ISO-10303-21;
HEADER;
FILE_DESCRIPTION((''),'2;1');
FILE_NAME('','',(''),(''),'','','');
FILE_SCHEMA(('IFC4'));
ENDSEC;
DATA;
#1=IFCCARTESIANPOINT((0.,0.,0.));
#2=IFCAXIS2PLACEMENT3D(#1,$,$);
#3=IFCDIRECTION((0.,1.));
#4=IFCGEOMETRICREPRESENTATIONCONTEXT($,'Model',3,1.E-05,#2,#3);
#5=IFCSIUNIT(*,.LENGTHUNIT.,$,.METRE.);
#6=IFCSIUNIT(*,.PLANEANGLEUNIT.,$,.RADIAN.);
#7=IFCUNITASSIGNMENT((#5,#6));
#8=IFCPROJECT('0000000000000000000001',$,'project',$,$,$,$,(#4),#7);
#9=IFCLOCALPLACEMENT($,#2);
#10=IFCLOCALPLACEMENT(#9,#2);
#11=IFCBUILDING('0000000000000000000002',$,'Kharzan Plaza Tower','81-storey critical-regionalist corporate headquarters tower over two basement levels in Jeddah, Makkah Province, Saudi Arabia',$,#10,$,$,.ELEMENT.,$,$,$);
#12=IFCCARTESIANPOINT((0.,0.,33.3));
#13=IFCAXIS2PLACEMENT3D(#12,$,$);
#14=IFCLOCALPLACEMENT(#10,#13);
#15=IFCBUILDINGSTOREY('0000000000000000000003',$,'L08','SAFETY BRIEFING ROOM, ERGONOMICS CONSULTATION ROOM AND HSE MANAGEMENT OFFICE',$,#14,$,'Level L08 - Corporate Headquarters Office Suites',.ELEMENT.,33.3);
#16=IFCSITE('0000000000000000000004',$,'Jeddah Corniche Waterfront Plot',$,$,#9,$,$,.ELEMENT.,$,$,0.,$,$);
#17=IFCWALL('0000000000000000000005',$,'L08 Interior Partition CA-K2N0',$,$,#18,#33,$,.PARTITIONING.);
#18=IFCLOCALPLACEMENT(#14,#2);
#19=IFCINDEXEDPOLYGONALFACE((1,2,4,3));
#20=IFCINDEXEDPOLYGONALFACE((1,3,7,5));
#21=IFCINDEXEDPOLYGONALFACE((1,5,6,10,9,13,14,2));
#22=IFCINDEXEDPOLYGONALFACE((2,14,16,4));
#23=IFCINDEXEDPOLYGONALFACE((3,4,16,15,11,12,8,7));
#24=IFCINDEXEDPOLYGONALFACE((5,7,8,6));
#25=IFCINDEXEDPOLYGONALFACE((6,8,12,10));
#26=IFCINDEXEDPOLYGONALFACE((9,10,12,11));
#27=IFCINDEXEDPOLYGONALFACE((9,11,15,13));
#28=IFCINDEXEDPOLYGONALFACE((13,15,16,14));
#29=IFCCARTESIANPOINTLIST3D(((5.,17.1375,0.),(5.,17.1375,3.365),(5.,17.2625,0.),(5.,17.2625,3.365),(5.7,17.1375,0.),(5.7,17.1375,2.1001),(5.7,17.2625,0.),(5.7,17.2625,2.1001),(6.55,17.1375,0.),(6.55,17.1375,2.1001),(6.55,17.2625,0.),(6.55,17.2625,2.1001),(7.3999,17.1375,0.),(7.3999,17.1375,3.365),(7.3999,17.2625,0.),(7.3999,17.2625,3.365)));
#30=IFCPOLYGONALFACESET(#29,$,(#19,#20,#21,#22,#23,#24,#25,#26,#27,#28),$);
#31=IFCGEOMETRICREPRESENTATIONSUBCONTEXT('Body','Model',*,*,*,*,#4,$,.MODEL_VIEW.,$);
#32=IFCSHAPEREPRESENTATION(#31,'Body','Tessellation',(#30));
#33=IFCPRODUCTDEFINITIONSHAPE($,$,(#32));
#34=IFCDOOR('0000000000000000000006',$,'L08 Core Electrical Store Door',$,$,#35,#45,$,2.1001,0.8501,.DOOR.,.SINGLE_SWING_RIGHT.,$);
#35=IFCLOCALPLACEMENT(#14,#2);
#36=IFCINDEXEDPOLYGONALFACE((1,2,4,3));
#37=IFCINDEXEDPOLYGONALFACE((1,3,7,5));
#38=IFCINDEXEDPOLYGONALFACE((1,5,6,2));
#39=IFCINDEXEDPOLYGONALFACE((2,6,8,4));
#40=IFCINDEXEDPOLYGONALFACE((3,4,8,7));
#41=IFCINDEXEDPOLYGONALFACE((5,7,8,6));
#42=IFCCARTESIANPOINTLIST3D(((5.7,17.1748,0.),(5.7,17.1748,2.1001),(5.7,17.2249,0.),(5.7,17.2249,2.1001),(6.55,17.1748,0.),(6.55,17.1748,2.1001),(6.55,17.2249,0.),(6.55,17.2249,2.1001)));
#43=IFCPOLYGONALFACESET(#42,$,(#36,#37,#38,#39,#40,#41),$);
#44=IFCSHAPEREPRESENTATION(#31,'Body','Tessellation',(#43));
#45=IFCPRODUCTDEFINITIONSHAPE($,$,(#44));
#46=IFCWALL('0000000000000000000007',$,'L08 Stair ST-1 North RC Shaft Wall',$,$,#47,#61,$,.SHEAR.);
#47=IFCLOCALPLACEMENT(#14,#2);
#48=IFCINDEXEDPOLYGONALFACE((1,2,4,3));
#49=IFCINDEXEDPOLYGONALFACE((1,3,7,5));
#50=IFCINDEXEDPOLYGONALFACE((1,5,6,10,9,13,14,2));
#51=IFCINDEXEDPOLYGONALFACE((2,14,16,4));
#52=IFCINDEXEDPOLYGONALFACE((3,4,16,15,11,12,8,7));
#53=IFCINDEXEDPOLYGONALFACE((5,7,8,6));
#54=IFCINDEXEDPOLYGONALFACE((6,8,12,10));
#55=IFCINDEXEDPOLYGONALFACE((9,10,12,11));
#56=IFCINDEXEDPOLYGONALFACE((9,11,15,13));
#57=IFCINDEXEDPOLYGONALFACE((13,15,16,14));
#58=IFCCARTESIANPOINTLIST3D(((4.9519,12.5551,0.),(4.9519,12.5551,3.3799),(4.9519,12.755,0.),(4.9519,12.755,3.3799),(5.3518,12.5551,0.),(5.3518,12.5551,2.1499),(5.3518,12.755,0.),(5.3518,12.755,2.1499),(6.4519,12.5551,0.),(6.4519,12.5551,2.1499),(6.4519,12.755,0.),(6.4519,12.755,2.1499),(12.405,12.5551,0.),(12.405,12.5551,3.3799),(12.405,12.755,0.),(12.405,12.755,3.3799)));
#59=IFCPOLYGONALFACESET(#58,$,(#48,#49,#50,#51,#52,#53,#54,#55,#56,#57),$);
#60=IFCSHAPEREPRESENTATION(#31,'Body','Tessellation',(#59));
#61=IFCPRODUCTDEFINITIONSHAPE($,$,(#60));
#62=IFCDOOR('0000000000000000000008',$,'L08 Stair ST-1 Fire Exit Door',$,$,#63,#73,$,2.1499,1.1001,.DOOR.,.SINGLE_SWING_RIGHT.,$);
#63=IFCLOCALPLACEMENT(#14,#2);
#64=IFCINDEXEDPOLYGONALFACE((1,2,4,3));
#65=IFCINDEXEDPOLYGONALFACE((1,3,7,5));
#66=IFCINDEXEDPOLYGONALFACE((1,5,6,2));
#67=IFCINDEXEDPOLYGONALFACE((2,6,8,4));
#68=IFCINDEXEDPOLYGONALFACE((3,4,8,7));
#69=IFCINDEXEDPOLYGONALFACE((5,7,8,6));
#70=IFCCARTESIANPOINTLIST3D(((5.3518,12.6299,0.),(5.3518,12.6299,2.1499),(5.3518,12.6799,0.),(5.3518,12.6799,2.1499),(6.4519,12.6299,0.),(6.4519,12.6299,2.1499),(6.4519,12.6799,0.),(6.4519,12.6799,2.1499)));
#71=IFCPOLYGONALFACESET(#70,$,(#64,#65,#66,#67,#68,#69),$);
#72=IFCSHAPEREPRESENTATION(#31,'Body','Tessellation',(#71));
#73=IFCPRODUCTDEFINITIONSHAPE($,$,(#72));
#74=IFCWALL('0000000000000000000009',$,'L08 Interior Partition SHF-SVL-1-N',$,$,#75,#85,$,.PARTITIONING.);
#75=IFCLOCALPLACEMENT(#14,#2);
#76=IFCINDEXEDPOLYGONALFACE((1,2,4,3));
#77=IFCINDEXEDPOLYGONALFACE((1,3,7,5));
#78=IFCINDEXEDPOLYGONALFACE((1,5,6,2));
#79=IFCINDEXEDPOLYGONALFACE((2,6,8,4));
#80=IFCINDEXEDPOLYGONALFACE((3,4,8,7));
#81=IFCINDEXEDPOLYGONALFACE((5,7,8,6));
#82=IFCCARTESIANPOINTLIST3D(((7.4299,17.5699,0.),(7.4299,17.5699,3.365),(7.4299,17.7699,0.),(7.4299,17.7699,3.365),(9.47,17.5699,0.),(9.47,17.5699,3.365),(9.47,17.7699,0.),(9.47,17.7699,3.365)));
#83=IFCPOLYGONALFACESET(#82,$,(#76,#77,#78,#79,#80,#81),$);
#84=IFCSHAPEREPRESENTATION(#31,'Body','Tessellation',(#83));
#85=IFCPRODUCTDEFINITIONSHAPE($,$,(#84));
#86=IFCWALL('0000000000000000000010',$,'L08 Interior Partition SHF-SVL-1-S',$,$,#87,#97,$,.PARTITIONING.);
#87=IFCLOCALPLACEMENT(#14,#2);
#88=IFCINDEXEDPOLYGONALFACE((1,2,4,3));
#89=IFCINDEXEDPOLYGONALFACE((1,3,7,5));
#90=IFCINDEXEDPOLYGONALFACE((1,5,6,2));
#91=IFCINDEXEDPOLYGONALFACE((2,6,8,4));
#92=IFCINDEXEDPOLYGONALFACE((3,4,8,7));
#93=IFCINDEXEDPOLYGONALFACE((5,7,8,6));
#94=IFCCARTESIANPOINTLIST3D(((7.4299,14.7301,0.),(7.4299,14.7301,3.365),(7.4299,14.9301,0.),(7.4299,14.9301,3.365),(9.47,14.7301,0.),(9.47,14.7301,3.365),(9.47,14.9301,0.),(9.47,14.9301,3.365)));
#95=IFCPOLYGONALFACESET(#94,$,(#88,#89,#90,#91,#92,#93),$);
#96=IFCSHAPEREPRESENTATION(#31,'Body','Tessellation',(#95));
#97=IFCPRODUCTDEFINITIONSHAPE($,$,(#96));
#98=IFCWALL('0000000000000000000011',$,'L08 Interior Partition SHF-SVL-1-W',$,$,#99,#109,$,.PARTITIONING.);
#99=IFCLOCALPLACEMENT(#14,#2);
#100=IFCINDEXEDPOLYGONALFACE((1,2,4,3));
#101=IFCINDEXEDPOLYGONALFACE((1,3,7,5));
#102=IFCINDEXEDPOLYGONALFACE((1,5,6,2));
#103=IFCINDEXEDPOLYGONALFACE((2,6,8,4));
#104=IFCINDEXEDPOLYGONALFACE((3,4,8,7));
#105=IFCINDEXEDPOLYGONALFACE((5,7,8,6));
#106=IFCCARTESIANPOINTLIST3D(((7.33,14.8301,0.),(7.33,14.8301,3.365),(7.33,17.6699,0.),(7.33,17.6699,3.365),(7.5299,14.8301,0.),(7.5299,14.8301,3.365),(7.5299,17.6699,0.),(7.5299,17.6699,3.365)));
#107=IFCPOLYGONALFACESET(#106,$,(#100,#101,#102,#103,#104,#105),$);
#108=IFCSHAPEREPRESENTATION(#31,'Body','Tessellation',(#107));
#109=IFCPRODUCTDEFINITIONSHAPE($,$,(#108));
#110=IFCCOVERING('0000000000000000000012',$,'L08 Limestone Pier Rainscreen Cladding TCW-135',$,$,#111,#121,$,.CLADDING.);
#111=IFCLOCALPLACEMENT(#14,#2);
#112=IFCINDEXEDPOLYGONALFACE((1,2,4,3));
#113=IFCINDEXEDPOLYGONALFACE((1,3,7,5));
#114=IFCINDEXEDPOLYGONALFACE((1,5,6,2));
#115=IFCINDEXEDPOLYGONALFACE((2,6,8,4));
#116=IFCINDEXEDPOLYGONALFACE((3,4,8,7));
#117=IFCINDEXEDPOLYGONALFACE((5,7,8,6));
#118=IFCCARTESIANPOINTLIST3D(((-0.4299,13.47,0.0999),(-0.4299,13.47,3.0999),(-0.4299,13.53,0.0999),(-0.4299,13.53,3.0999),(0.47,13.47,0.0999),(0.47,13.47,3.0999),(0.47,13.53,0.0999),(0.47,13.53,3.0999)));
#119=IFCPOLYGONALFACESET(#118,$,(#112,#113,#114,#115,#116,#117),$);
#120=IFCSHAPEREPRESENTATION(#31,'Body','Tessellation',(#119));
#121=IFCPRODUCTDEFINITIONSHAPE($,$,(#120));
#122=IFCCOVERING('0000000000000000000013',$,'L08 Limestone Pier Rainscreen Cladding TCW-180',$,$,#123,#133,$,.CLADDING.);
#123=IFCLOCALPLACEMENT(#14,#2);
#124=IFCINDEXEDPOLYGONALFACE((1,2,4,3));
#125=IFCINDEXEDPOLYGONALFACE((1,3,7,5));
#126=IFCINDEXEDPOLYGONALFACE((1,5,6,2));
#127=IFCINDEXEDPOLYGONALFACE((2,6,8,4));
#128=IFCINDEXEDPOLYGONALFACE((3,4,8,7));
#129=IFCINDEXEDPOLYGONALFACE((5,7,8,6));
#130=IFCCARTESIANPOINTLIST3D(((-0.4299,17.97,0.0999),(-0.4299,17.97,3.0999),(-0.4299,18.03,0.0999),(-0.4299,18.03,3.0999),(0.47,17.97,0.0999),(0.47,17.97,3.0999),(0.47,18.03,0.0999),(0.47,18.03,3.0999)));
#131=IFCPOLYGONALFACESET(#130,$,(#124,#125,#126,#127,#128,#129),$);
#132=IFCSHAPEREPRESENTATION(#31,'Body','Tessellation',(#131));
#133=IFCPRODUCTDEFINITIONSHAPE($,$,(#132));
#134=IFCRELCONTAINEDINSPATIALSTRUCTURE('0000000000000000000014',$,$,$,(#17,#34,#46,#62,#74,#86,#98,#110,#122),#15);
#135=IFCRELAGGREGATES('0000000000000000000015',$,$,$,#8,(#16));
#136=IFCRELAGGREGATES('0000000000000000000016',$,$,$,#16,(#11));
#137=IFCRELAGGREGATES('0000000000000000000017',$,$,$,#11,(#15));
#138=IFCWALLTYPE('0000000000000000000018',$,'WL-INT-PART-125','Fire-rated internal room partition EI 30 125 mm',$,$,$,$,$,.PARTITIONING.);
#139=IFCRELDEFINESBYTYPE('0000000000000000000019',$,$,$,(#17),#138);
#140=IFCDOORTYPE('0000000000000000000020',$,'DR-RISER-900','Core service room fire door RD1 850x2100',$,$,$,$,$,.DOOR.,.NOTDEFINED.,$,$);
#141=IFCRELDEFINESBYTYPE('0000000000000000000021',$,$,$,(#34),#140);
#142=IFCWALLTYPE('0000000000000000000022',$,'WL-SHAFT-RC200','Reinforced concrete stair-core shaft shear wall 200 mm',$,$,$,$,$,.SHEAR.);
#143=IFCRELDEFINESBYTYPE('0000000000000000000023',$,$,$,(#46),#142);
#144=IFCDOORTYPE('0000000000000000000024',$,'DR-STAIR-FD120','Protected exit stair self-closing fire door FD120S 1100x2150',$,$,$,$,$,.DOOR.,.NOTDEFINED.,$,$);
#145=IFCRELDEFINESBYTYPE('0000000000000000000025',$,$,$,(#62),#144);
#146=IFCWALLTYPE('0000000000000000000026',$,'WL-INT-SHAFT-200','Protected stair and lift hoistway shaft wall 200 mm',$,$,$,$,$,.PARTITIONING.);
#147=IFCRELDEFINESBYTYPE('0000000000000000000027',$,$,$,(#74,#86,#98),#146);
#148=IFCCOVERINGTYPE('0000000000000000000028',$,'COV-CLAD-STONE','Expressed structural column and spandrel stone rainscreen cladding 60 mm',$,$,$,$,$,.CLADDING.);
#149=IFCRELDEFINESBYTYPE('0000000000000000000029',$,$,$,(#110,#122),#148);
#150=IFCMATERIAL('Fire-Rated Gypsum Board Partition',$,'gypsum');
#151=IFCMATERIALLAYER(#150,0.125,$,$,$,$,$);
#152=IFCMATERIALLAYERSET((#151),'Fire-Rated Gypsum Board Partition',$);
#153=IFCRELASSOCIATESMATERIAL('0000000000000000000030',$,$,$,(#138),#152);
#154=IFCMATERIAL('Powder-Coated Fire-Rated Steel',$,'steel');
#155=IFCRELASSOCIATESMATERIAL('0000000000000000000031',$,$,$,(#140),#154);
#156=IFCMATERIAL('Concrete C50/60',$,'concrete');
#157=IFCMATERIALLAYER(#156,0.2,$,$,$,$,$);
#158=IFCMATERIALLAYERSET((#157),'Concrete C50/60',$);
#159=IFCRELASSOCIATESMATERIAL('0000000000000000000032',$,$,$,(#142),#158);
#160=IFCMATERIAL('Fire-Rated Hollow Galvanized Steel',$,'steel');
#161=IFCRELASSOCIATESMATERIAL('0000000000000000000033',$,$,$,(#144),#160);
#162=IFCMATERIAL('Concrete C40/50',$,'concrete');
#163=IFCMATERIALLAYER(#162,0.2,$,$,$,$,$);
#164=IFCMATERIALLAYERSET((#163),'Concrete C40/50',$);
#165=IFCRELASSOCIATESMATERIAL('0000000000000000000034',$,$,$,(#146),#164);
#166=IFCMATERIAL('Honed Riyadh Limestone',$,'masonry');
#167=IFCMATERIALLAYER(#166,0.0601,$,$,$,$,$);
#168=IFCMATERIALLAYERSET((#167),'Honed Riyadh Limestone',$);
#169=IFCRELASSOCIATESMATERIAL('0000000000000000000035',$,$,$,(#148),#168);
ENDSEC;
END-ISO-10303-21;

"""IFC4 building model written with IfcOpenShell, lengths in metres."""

from ifc_helpers import new_model, si_unit, direction, frame, frame_2d, origin, origin_2d, place, context, subcontext, project, spatial, rectangle, extrude, source, transform, mapped, material, layer, layer_set, type_object, element, fill, save


model = new_model("IFC4")

# Units and contexts
model_context = context("Model", 3, precision=1e-05, world=origin(), true_north=direction((0.0, 1.0)))
body_context = subcontext(model_context, "Body", "Model", "MODEL_VIEW")
ifc_project = project(units=[si_unit("LENGTHUNIT", "METRE"), si_unit("PLANEANGLEUNIT", "RADIAN")], contexts=[model_context])

# Site, building, storey
site_placement = place(None, origin())
site = spatial("IfcSite", under=ifc_project, at=site_placement, Name="Jeddah Corniche Waterfront Plot", CompositionType="ELEMENT", RefElevation=0.0)
building_placement = place(site_placement, origin())
building = spatial("IfcBuilding", under=site, at=building_placement, Name="Kharzan Plaza Tower", Description="81-storey critical-regionalist corporate headquarters tower over two basement levels in Jeddah, Makkah Province, Saudi Arabia", CompositionType="ELEMENT")
storey_placement = place(building_placement, frame((0.0, 0.0, 33.3)))
storey = spatial("IfcBuildingStorey", under=building, at=storey_placement, Name="L08", Description="SAFETY BRIEFING ROOM, ERGONOMICS CONSULTATION ROOM AND HSE MANAGEMENT OFFICE", LongName="Level L08 - Corporate Headquarters Office Suites", CompositionType="ELEMENT", Elevation=33.3)

# Shared definitions
ifc_material_1 = material(Name="Concrete C40/50", Category="concrete")

# Walls, openings, doors
ifc_material_2 = material(Name="Fire-Rated Gypsum Board Partition", Category="gypsum")
ifc_layer_1 = layer(ifc_material_2, 0.125)
ifc_layer_set_1 = layer_set([ifc_layer_1], Name="Fire-Rated Gypsum Board Partition")
wall_type_1 = type_object("IfcWallType", Name="WL-INT-PART-125", Description="Fire-rated internal room partition EI 30 125 mm", PredefinedType="PARTITIONING", material=ifc_layer_set_1)
wall_1_placement = place(storey_placement, frame((5.0, 17.2, 0.0), z_axis=(0.0, 0.0, 1.0), x_axis=(1.0, 0.0, 0.0)))
wall_1 = element("IfcWall", 1, at=wall_1_placement, inside=storey, type_object=wall_type_1, Name="L08 Interior Partition CA-K2N0", PredefinedType="PARTITIONING", context=body_context, shape_type="SweptSolid", body=[
    extrude(rectangle(XDim=2.3999, YDim=0.125, at=frame_2d((1.2, 0.0))), origin(), (0.0, 0.0, 1.0), 3.365),
])
opening_1_placement = place(wall_1_placement, frame((0.7, 0.0, 0.0)))
opening_1 = element("IfcOpeningElement", 2, at=opening_1_placement, cuts=wall_1, PredefinedType="OPENING", context=body_context, shape_type="SweptSolid", body=[
    extrude(rectangle(XDim=0.8501, YDim=2.1001, at=frame_2d((0.425, 1.05))), frame((0.0, 0.0725, 0.0), z_axis=(0.0, -1.0, 0.0), x_axis=(1.0, 0.0, 0.0)), (0.0, 0.0, 1.0), 0.145),
])
ifc_material_3 = material(Name="Powder-Coated Fire-Rated Steel", Category="steel")
door_type_1 = type_object("IfcDoorType", Name="DR-RISER-900", Description="Core service room fire door RD1 850x2100", OperationType="NOTDEFINED", PredefinedType="DOOR", material=ifc_material_3)
shared_shape_1 = source(origin(), body_context, "Body", "SweptSolid", [
    extrude(rectangle(XDim=0.8501, YDim=2.1001, at=frame_2d((0.425, 1.05))), frame((0.0, 0.0249, 0.0), z_axis=(0.0, -1.0, 0.0), x_axis=(1.0, 0.0, 0.0)), (0.0, 0.0, 1.0), 0.05),
])
door_1_placement = place(opening_1_placement, origin())
door_1 = element("IfcDoor", 3, at=door_1_placement, inside=storey, type_object=door_type_1, Name="L08 Core Electrical Store Door", OperationType="SINGLE_SWING_RIGHT", OverallHeight=2.1001, OverallWidth=0.8501, PredefinedType="DOOR", context=body_context, shape_type="MappedRepresentation", body=[
    mapped(shared_shape_1, transform((0.0, 0.0, 0.0), x_axis=(1.0, 0.0, 0.0), y_axis=(0.0, 1.0, 0.0), z_axis=(0.0, 0.0, 1.0))),
])
fill(opening_1, door_1)
ifc_material_4 = material(Name="Concrete C50/60", Category="concrete")
ifc_layer_2 = layer(ifc_material_4, 0.2)
ifc_layer_set_2 = layer_set([ifc_layer_2], Name="Concrete C50/60")
wall_type_2 = type_object("IfcWallType", Name="WL-SHAFT-RC200", Description="Reinforced concrete stair-core shaft shear wall 200 mm", PredefinedType="SHEAR", material=ifc_layer_set_2)
wall_2_placement = place(storey_placement, frame((4.9519, 12.655, 0.0), z_axis=(0.0, 0.0, 1.0), x_axis=(1.0, 0.0, 0.0)))
wall_2 = element("IfcWall", 4, at=wall_2_placement, inside=storey, type_object=wall_type_2, Name="L08 Stair ST-1 North RC Shaft Wall", PredefinedType="SHEAR", context=body_context, shape_type="SweptSolid", body=[
    extrude(rectangle(XDim=7.4531, YDim=0.2, at=frame_2d((3.7266, 0.0))), origin(), (0.0, 0.0, 1.0), 3.3799),
])
opening_2_placement = place(wall_2_placement, frame((0.3999, 0.0, 0.0)))
opening_2 = element("IfcOpeningElement", 5, at=opening_2_placement, cuts=wall_2, PredefinedType="OPENING", context=body_context, shape_type="SweptSolid", body=[
    extrude(rectangle(XDim=1.1001, YDim=2.1499, at=frame_2d((0.55, 1.075))), frame((0.0, 0.1099, 0.0), z_axis=(0.0, -1.0, 0.0), x_axis=(1.0, 0.0, 0.0)), (0.0, 0.0, 1.0), 0.22),
])
ifc_material_5 = material(Name="Fire-Rated Hollow Galvanized Steel", Category="steel")
door_type_2 = type_object("IfcDoorType", Name="DR-STAIR-FD120", Description="Protected exit stair self-closing fire door FD120S 1100x2150", OperationType="NOTDEFINED", PredefinedType="DOOR", material=ifc_material_5)
shared_shape_2 = source(origin(), body_context, "Body", "SweptSolid", [
    extrude(rectangle(XDim=1.1001, YDim=2.1499, at=frame_2d((0.55, 1.075))), frame((0.0, 0.0249, 0.0), z_axis=(0.0, -1.0, 0.0), x_axis=(1.0, 0.0, 0.0)), (0.0, 0.0, 1.0), 0.05),
])
door_2_placement = place(opening_2_placement, origin())
door_2 = element("IfcDoor", 6, at=door_2_placement, inside=storey, type_object=door_type_2, Name="L08 Stair ST-1 Fire Exit Door", OperationType="SINGLE_SWING_RIGHT", OverallHeight=2.1499, OverallWidth=1.1001, PredefinedType="DOOR", context=body_context, shape_type="MappedRepresentation", body=[
    mapped(shared_shape_2, transform((0.0, 0.0, 0.0), x_axis=(1.0, 0.0, 0.0), y_axis=(0.0, 1.0, 0.0), z_axis=(0.0, 0.0, 1.0))),
])
fill(opening_2, door_2)

# Walls
ifc_layer_3 = layer(ifc_material_1, 0.2)
ifc_layer_set_3 = layer_set([ifc_layer_3], Name="Concrete C40/50")
wall_type_3 = type_object("IfcWallType", Name="WL-INT-SHAFT-200", Description="Protected stair and lift hoistway shaft wall 200 mm", PredefinedType="PARTITIONING", material=ifc_layer_set_3)
shared_shape_3 = source(origin(), body_context, "Body", "SweptSolid", [
    extrude(rectangle(XDim=2.04, YDim=0.2, at=frame_2d((1.02, 0.0))), origin(), (0.0, 0.0, 1.0), 3.365),
])
for number, where, z_axis, x_axis, name in (
    (7, (7.4299, 17.6699, 0.0), (0.0, 0.0, 1.0), (1.0, 0.0, 0.0), "L08 Interior Partition SHF-SVL-1-N"),
    (8, (7.4299, 14.8301, 0.0), (0.0, 0.0, 1.0), (1.0, 0.0, 0.0), "L08 Interior Partition SHF-SVL-1-S"),
):
    element("IfcWall", number, at=place(storey_placement, frame(where, z_axis=z_axis, x_axis=x_axis)), inside=storey, type_object=wall_type_3, Name=name, PredefinedType="PARTITIONING", context=body_context, shape_type="MappedRepresentation", body=[
        mapped(shared_shape_3, transform((0.0, 0.0, 0.0), x_axis=(1.0, 0.0, 0.0), y_axis=(0.0, 1.0, 0.0), z_axis=(0.0, 0.0, 1.0))),
    ])
shared_shape_4 = source(origin(), body_context, "Body", "SweptSolid", [
    extrude(rectangle(XDim=2.8398, YDim=0.2, at=frame_2d((1.4199, 0.0))), origin(), (0.0, 0.0, 1.0), 3.365),
])
wall_3_placement = place(storey_placement, frame((7.4299, 14.8301, 0.0), z_axis=(0.0, 0.0, 1.0), x_axis=(0.0, 1.0, 0.0)))
element("IfcWall", 9, at=wall_3_placement, inside=storey, type_object=wall_type_3, Name="L08 Interior Partition SHF-SVL-1-W", PredefinedType="PARTITIONING", context=body_context, shape_type="MappedRepresentation", body=[
    mapped(shared_shape_4, transform((0.0, 0.0, 0.0), x_axis=(1.0, 0.0, 0.0), y_axis=(0.0, 1.0, 0.0), z_axis=(0.0, 0.0, 1.0))),
])

# Coverings
ifc_material_6 = material(Name="Honed Riyadh Limestone", Category="masonry")
ifc_layer_4 = layer(ifc_material_6, 0.0601)
ifc_layer_set_4 = layer_set([ifc_layer_4], Name="Honed Riyadh Limestone")
covering_type = type_object("IfcCoveringType", Name="COV-CLAD-STONE", Description="Expressed structural column and spandrel stone rainscreen cladding 60 mm", PredefinedType="CLADDING", material=ifc_layer_set_4)
shared_shape_5 = source(origin(), body_context, "Body", "SweptSolid", [
    extrude(rectangle(XDim=0.0601, YDim=0.8999, at=origin_2d()), origin(), (0.0, 0.0, 1.0), 3.0),
])
for number, where, z_axis, x_axis, name in (
    (10, (0.02, 13.5, 0.0999), (0.0, 0.0, 1.0), (0.0, 1.0, 0.0), "L08 Limestone Pier Rainscreen Cladding TCW-135"),
    (11, (0.02, 18.0, 0.0999), (0.0, 0.0, 1.0), (0.0, 1.0, 0.0), "L08 Limestone Pier Rainscreen Cladding TCW-180"),
):
    element("IfcCovering", number, at=place(storey_placement, frame(where, z_axis=z_axis, x_axis=x_axis)), inside=storey, type_object=covering_type, Name=name, PredefinedType="CLADDING", context=body_context, shape_type="MappedRepresentation", body=[
        mapped(shared_shape_5, transform((0.0, 0.0, 0.0), x_axis=(1.0, 0.0, 0.0), y_axis=(0.0, 1.0, 0.0), z_axis=(0.0, 0.0, 1.0))),
    ])

save(model, "model.ifc")
